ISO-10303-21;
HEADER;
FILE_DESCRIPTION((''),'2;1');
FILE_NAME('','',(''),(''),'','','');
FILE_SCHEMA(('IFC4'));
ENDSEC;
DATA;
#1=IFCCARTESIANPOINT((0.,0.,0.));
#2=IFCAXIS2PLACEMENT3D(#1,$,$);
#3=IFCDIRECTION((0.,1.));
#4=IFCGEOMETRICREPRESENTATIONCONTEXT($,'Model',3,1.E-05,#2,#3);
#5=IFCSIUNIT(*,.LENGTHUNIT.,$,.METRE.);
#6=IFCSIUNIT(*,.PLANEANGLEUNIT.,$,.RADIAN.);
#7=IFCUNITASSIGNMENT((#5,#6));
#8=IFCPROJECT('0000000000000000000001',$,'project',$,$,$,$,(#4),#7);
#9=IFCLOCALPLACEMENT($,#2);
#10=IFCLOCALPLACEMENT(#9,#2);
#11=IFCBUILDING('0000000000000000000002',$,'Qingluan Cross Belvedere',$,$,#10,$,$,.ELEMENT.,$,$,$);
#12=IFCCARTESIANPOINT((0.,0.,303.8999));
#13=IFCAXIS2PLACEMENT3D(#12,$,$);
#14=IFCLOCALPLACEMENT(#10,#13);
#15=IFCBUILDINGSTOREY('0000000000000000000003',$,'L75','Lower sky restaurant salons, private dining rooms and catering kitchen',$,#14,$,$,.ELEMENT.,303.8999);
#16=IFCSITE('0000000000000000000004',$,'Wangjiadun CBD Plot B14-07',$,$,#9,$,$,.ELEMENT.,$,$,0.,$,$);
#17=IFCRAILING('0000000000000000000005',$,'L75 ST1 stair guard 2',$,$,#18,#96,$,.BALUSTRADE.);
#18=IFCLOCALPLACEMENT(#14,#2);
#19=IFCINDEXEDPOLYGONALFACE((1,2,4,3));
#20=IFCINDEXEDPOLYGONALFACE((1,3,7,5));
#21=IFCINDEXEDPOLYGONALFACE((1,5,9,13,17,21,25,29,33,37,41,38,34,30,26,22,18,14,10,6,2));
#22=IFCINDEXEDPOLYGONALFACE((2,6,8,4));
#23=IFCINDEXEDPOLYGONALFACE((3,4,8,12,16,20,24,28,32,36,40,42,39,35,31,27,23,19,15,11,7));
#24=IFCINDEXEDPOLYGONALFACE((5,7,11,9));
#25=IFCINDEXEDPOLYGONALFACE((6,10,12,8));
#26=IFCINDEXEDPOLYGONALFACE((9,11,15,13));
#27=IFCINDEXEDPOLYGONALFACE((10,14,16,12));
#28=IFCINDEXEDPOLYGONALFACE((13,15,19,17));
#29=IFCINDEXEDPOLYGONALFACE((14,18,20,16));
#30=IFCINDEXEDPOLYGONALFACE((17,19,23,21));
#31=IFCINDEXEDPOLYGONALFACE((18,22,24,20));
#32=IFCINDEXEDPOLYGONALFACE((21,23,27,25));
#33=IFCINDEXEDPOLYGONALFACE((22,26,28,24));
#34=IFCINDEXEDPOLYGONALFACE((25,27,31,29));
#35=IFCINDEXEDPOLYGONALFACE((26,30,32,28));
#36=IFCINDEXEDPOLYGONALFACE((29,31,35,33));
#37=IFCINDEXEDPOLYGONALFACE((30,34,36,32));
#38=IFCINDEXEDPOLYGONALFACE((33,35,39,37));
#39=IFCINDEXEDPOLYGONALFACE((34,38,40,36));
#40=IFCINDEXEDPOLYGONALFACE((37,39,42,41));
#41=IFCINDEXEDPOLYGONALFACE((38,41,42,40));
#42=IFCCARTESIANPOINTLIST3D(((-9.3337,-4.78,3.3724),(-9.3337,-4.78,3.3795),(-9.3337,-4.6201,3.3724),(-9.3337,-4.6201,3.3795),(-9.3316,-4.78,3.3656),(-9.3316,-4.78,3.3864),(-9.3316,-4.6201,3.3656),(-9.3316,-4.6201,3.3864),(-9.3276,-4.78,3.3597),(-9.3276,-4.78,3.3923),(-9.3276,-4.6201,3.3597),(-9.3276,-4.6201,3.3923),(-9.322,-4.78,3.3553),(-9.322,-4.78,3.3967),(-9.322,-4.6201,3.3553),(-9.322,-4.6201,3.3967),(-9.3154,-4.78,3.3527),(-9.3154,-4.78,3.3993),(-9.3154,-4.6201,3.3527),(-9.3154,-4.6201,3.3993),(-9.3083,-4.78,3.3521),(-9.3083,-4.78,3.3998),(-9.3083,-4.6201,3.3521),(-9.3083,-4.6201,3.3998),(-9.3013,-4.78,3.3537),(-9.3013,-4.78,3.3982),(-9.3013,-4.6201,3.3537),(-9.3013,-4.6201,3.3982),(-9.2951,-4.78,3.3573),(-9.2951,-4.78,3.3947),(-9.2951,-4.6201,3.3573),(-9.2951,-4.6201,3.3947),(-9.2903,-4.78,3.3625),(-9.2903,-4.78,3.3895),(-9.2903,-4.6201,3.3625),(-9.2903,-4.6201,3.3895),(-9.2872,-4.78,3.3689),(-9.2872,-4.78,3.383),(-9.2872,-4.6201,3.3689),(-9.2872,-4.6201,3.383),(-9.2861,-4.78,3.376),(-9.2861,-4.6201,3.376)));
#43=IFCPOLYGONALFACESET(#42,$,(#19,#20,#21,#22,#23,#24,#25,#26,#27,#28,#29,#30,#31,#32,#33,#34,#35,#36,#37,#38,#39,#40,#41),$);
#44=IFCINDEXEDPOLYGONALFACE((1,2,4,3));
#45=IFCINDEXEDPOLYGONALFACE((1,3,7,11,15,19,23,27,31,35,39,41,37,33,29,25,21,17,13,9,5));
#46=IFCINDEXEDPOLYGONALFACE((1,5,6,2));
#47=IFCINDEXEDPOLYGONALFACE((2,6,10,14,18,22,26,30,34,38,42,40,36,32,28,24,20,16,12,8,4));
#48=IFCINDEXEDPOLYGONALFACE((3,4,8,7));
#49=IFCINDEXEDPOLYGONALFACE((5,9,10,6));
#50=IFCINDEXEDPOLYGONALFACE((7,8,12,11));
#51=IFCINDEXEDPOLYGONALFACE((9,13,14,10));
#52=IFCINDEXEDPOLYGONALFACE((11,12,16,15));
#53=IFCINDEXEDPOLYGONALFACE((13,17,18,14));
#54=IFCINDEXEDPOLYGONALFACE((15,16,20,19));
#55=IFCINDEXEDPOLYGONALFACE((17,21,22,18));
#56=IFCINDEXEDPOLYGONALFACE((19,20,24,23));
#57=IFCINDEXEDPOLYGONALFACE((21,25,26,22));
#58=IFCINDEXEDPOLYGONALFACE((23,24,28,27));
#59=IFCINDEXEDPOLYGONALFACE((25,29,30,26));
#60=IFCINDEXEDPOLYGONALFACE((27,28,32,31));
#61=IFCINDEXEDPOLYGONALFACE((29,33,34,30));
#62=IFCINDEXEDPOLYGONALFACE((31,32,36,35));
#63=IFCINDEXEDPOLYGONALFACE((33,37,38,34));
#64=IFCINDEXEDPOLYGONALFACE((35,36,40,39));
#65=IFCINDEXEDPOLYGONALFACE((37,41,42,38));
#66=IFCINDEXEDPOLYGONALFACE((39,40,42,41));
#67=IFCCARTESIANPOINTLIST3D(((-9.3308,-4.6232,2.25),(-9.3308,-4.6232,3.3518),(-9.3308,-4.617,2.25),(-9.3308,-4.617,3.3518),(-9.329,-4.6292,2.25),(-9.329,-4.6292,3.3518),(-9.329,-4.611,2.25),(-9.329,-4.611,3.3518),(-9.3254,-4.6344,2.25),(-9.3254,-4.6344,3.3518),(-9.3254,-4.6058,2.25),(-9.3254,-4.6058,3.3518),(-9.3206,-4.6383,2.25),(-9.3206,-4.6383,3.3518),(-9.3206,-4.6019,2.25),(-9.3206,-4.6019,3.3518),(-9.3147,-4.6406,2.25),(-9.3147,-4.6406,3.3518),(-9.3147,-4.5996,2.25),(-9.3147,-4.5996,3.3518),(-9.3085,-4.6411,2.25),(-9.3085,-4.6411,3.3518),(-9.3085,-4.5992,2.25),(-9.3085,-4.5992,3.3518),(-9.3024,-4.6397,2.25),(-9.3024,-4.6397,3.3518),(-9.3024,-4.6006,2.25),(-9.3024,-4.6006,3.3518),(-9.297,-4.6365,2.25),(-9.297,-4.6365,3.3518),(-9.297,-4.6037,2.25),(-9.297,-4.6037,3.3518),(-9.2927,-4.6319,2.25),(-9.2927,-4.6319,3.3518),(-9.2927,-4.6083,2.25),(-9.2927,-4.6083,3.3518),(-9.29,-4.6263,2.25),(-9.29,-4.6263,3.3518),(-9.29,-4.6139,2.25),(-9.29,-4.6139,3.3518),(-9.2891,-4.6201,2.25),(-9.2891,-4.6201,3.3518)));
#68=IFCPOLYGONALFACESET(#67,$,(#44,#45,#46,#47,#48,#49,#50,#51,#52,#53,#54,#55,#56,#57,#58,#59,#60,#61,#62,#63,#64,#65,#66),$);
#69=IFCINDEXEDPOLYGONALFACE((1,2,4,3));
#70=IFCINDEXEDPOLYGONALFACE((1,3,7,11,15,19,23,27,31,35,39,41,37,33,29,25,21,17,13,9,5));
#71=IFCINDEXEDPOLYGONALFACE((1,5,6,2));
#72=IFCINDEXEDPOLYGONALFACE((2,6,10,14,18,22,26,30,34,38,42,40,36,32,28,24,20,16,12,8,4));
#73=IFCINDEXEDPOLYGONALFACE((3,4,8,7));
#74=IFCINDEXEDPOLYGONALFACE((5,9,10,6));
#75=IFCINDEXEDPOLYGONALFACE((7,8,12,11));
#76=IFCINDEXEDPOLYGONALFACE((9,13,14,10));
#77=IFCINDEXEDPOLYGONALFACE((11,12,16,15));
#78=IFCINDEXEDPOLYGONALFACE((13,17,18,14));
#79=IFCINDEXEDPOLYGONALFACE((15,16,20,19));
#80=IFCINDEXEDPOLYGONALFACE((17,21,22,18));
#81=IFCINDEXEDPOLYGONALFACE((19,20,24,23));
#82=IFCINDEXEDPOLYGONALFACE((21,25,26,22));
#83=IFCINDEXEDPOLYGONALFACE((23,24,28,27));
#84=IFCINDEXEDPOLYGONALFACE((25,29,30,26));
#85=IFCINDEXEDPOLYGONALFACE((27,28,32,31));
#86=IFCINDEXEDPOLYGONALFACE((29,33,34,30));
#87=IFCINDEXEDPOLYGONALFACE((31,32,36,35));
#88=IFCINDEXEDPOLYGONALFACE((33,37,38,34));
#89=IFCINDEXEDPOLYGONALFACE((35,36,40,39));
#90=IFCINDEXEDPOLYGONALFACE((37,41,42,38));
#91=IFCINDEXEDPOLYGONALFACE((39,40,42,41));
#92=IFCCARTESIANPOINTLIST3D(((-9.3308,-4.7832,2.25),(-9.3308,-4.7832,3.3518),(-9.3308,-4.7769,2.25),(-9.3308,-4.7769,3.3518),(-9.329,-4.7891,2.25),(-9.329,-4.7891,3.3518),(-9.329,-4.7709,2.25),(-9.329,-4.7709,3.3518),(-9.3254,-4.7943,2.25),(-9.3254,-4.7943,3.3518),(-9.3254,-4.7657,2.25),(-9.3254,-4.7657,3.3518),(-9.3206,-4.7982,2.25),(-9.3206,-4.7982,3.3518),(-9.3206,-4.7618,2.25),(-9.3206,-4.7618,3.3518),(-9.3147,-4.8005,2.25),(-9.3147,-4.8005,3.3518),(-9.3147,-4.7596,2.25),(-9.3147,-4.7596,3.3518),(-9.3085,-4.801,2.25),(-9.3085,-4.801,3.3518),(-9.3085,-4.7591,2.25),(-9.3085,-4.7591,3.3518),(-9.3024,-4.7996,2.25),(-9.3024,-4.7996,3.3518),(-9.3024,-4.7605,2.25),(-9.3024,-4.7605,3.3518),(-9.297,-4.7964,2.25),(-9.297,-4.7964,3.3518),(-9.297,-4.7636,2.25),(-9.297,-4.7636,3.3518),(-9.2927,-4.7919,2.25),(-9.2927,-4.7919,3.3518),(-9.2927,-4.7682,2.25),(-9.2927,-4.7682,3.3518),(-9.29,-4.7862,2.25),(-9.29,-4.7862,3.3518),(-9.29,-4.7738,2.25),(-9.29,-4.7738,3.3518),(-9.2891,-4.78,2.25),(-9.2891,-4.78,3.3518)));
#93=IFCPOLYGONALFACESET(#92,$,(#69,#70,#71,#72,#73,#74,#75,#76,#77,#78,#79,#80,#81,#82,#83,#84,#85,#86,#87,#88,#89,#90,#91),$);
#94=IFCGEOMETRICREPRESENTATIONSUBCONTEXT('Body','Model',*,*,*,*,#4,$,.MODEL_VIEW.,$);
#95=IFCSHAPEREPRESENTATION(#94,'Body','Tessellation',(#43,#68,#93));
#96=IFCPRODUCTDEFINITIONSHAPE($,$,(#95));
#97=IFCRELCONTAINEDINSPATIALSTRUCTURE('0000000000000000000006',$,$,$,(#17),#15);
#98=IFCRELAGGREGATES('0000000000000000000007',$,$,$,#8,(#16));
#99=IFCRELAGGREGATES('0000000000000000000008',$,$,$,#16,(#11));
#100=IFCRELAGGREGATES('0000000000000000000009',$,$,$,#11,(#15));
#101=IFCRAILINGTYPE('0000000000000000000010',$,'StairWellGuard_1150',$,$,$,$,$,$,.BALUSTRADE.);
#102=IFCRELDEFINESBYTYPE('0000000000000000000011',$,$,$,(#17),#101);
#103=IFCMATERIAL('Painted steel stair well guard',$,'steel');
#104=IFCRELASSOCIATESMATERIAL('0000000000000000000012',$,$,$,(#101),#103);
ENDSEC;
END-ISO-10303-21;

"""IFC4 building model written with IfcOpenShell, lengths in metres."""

from ifc_helpers import new_model, si_unit, direction, frame, origin, origin_2d, place, context, subcontext, project, spatial, circle, extrude, material, type_object, element, save


model = new_model("IFC4")

# Units and contexts
model_context = context("Model", 3, precision=1e-05, world=origin(), true_north=direction((0.0, 1.0)))
body_context = subcontext(model_context, "Body", "Model", "MODEL_VIEW")
ifc_project = project(units=[si_unit("LENGTHUNIT", "METRE"), si_unit("PLANEANGLEUNIT", "RADIAN")], contexts=[model_context])

# Site, building, storey
site_placement = place(None, origin())
site = spatial("IfcSite", under=ifc_project, at=site_placement, Name="Wangjiadun CBD Plot B14-07", CompositionType="ELEMENT", RefElevation=0.0)
building_placement = place(site_placement, origin())
building = spatial("IfcBuilding", under=site, at=building_placement, Name="Qingluan Cross Belvedere", CompositionType="ELEMENT")
storey_placement = place(building_placement, frame((0.0, 0.0, 303.8999)))
storey = spatial("IfcBuildingStorey", under=building, at=storey_placement, Name="L75", Description="Lower sky restaurant salons, private dining rooms and catering kitchen", CompositionType="ELEMENT", Elevation=303.8999)

# Railing
ifc_material_1 = material(Name="Painted steel stair well guard", Category="steel")
railing_type_1 = type_object("IfcRailingType", Name="StairWellGuard_1150", PredefinedType="BALUSTRADE", material=ifc_material_1)
railing_1_placement = place(storey_placement, frame((-9.3101, -4.6201, 2.25)))
element("IfcRailing", 1, at=railing_1_placement, inside=storey, type_object=railing_type_1, Name="L75 ST1 stair guard 2", PredefinedType="BALUSTRADE", context=body_context, shape_type="SweptSolid", body=[
    extrude(circle(Radius=0.0239, at=origin_2d()), frame((0.0, 0.0, 1.126), z_axis=(0.0, -1.0, 0.0), x_axis=(1.0, 0.0, 0.0)), (0.0, 0.0, 1.0), 0.1599),
    extrude(circle(Radius=0.021, at=origin_2d()), origin(), (0.0, 0.0, 1.0), 1.1018),
    extrude(circle(Radius=0.021, at=origin_2d()), frame((0.0, -0.1599, 0.0)), (0.0, 0.0, 1.0), 1.1018),
])

save(model, "model.ifc")
